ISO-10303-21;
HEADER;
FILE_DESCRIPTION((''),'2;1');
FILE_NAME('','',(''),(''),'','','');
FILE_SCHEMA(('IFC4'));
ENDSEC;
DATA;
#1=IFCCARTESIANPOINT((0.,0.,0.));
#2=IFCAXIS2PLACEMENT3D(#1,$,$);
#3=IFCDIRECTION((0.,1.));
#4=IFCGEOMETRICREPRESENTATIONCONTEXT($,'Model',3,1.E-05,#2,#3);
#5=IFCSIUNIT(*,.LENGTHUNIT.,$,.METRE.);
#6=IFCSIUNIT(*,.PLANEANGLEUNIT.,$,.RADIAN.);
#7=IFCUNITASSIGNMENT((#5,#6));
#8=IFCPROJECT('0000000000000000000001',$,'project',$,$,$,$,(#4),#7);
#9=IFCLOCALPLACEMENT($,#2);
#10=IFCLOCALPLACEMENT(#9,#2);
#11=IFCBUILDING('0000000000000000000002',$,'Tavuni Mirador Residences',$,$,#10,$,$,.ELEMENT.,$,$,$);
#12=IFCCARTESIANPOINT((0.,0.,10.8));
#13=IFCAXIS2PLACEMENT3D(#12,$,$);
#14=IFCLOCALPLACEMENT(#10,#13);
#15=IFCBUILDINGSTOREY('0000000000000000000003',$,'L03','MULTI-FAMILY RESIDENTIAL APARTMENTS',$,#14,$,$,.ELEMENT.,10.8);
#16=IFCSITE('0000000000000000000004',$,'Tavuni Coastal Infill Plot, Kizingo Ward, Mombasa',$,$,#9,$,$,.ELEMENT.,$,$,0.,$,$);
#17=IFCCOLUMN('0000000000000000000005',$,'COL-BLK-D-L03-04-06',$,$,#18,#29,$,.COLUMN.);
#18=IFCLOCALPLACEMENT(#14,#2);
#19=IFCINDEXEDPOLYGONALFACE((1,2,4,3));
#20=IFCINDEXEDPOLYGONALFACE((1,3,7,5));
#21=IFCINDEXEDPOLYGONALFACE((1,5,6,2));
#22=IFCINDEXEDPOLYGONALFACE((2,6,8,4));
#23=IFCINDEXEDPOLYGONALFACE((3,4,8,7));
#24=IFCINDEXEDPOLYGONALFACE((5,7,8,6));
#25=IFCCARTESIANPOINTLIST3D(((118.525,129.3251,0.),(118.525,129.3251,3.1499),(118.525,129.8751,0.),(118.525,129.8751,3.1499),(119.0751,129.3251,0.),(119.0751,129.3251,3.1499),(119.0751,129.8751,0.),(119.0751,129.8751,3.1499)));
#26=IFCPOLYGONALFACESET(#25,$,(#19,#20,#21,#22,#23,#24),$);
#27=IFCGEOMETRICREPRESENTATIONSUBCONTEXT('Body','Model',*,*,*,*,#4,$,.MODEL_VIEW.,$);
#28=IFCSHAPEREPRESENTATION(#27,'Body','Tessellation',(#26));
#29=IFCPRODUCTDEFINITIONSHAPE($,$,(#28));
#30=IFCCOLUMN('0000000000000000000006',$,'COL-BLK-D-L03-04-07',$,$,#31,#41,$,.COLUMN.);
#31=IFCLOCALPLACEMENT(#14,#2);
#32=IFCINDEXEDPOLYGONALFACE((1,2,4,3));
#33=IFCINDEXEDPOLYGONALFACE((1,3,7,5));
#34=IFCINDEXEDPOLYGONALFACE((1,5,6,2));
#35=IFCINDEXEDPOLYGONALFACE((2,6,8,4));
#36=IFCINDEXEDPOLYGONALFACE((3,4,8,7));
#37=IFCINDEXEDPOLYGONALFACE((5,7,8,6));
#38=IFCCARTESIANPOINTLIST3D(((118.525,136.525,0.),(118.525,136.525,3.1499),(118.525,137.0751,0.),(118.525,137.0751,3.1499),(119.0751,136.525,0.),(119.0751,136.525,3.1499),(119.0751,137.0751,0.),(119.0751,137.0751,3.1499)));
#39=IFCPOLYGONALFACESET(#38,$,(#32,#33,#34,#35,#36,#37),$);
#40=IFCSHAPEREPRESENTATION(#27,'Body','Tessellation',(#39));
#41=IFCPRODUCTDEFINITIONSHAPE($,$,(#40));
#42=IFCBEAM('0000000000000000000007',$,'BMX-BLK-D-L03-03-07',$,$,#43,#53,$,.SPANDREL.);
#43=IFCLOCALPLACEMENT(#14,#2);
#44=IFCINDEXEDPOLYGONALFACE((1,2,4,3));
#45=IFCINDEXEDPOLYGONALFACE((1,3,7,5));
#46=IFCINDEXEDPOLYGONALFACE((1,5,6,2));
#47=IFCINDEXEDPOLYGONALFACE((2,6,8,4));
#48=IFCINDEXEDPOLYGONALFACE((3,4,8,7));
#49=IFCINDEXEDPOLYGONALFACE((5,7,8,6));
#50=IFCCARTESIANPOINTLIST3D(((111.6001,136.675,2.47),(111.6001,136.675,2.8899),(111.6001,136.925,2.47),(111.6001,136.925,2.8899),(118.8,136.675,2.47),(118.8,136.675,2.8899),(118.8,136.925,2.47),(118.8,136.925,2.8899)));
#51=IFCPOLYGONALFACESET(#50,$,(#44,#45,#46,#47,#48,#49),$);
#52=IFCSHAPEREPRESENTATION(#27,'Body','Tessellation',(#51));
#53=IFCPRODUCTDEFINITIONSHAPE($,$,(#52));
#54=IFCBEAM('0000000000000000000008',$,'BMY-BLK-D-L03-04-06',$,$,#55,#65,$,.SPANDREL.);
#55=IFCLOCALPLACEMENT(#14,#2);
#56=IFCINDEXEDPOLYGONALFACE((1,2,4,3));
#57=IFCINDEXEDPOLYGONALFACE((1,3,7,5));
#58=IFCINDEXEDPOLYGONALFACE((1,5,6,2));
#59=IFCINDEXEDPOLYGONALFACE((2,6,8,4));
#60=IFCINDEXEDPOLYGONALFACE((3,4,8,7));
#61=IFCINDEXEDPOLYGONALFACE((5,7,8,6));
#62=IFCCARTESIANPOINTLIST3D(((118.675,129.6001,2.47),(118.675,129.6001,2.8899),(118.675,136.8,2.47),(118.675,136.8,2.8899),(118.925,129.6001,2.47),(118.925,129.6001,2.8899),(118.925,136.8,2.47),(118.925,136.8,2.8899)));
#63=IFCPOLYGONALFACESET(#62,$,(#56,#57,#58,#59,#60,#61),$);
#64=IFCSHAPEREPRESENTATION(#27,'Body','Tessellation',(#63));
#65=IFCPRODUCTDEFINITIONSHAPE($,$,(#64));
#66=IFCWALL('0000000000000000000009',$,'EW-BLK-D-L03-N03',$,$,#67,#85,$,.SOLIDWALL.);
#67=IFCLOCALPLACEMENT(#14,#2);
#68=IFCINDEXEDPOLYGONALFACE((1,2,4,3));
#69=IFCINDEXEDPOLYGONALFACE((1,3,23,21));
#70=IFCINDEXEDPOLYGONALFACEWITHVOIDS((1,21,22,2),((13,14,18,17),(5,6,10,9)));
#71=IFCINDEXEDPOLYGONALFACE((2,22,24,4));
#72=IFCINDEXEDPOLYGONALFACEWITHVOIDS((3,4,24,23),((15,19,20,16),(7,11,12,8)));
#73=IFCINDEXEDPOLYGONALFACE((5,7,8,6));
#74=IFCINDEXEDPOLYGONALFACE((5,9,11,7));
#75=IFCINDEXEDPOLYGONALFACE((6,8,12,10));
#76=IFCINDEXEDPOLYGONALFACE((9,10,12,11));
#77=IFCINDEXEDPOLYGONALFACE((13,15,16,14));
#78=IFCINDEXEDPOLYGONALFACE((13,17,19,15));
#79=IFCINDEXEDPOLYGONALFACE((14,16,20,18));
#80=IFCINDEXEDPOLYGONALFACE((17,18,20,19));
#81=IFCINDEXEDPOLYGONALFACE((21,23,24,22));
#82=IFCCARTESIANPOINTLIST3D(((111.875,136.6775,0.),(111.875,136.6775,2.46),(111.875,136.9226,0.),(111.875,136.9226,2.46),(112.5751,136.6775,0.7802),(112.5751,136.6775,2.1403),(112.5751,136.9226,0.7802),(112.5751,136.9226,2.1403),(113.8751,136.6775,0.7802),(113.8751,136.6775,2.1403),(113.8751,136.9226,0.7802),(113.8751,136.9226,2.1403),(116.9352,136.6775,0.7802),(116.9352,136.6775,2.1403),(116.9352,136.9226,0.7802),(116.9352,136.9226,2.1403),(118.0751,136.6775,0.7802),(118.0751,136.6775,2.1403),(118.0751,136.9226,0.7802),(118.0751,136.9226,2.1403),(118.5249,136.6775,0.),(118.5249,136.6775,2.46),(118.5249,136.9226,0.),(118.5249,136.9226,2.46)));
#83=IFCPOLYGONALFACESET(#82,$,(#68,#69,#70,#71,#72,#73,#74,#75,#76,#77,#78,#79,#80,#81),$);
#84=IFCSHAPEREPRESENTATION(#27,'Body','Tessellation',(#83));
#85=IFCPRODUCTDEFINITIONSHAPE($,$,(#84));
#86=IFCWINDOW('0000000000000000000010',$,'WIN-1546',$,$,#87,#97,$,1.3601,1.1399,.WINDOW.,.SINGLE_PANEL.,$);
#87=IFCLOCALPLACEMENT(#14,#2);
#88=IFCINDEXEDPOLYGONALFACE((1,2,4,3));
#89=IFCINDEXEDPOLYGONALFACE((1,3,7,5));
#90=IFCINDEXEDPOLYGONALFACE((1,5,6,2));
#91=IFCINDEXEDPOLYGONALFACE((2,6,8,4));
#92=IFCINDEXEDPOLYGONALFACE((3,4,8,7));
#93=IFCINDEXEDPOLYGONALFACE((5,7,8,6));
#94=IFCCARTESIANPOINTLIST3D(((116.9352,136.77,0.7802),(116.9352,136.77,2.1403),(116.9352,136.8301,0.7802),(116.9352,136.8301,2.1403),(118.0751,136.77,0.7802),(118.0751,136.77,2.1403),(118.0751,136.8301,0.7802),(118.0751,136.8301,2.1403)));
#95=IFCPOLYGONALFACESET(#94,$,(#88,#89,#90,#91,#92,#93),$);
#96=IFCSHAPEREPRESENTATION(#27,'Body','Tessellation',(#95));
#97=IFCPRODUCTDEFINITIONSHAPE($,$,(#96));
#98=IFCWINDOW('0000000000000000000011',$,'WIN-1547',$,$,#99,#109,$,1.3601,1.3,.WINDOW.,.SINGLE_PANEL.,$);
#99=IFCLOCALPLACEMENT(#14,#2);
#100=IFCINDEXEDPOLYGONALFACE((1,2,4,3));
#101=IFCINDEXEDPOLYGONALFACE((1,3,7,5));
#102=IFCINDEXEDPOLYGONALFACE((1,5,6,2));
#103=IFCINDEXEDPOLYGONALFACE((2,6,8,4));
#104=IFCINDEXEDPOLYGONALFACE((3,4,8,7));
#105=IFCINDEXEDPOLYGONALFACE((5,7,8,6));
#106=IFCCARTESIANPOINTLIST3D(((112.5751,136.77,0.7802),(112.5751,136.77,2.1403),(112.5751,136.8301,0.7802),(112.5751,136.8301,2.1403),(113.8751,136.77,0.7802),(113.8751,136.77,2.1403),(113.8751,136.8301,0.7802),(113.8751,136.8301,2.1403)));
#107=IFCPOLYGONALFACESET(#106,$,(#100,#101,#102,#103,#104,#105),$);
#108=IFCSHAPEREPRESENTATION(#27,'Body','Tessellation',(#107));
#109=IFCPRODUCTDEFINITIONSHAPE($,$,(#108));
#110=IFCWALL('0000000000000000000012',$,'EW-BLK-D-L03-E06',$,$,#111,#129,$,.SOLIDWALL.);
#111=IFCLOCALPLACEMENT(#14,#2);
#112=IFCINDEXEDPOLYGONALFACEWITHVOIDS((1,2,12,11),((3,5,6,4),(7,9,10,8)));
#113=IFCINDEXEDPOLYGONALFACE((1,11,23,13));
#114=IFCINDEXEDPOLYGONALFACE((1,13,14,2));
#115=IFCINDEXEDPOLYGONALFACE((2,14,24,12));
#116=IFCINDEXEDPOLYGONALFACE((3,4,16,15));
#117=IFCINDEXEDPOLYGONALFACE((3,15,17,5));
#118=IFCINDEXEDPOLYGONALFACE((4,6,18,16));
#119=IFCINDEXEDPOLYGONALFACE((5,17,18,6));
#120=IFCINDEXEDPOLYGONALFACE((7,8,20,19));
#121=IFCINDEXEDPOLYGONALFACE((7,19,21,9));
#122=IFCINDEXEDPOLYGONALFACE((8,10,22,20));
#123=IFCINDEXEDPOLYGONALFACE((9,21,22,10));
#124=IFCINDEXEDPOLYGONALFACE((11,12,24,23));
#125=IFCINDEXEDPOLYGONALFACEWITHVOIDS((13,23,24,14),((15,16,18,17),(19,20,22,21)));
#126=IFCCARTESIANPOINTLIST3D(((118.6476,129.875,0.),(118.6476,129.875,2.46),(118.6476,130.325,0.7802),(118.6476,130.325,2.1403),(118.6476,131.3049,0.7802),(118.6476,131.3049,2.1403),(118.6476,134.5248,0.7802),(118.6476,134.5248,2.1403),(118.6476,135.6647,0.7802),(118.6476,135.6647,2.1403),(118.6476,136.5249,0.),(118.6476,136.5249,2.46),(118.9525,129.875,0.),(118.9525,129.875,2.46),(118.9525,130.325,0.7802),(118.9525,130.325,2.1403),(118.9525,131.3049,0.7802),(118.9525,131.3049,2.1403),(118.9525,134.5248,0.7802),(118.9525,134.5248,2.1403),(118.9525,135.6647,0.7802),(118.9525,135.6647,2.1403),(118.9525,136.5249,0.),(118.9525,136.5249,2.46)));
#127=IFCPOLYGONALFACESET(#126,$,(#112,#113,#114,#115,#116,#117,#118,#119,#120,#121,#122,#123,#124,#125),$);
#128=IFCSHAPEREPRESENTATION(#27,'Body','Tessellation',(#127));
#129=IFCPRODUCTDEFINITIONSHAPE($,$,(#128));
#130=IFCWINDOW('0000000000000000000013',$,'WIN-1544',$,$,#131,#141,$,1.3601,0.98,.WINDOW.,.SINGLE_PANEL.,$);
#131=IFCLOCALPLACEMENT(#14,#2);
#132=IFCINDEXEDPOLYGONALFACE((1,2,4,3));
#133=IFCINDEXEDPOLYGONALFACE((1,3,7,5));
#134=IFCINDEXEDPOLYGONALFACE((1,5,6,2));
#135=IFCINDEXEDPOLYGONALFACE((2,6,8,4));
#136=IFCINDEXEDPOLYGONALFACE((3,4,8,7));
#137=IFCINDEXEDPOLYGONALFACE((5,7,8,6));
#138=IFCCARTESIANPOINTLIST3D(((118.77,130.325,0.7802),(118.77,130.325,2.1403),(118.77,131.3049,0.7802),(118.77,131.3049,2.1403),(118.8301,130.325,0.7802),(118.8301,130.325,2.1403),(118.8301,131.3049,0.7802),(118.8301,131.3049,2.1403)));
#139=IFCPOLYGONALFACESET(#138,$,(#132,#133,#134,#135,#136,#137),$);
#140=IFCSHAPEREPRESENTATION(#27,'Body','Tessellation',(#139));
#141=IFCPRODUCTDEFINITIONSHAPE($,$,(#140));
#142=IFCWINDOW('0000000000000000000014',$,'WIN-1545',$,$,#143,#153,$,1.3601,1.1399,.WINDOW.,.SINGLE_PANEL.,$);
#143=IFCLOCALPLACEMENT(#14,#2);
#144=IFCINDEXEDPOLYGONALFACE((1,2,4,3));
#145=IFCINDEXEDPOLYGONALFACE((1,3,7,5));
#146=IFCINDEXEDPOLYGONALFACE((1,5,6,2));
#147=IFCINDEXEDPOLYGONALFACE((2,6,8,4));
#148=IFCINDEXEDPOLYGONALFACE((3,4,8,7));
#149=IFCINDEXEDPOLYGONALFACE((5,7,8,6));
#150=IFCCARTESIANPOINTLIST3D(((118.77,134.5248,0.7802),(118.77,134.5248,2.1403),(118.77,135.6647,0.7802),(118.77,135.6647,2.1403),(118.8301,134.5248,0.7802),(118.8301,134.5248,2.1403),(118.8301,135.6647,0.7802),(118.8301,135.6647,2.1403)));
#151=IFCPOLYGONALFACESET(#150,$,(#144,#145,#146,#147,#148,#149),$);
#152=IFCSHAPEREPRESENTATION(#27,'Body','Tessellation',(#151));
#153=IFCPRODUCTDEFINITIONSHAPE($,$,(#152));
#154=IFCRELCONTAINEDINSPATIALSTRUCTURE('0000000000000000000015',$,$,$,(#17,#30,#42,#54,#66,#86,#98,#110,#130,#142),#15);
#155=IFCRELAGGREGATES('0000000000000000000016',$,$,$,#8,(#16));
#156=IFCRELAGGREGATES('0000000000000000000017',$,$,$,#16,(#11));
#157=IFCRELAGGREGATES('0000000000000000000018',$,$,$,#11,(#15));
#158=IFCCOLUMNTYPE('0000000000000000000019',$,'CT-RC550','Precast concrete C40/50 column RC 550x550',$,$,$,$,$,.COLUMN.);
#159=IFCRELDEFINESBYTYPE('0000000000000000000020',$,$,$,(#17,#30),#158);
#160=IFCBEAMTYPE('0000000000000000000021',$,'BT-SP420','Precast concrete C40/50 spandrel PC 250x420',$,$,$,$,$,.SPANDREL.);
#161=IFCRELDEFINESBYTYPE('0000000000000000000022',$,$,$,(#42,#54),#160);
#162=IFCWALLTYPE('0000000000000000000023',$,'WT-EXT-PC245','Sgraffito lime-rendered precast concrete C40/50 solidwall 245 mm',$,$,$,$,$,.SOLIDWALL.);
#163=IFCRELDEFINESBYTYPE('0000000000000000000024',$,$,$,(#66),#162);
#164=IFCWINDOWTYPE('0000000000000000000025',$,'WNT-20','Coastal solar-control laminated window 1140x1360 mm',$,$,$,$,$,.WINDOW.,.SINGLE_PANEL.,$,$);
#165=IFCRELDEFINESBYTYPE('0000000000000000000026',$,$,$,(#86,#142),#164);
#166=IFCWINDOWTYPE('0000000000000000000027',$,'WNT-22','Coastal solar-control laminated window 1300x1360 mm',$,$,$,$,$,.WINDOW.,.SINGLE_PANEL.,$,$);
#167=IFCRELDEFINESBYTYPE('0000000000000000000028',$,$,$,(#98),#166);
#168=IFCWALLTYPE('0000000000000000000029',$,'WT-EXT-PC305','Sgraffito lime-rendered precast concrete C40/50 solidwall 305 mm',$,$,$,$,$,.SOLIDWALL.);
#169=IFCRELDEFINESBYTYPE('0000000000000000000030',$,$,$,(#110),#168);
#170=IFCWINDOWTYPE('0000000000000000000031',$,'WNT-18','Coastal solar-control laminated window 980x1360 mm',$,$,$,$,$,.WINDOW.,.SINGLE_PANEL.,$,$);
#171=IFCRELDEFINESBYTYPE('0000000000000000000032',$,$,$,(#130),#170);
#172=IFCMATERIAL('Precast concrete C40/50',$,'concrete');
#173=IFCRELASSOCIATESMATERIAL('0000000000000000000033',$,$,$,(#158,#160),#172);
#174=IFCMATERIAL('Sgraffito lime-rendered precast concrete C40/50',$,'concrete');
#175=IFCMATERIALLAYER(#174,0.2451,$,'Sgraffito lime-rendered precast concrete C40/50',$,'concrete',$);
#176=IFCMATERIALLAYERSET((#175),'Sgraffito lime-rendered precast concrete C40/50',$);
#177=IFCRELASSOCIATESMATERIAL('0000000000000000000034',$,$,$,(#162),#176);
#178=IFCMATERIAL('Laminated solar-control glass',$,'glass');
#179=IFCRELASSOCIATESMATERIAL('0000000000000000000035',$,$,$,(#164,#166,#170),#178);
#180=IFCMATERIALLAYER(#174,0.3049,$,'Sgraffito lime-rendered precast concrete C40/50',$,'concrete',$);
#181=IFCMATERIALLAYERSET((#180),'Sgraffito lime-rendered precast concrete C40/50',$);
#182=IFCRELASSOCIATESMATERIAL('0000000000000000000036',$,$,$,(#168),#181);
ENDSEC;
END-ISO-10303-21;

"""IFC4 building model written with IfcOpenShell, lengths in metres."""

from ifc_helpers import new_model, si_unit, direction, frame, frame_2d, origin, origin_2d, place, context, subcontext, project, spatial, rectangle, extrude, material, layer, layer_set, material_profile, profile_set, type_object, element, fill, save


model = new_model("IFC4")

# Units and contexts
model_context = context("Model", 3, precision=1e-05, world=origin(), true_north=direction((0.0, 1.0)))
body_context = subcontext(model_context, "Body", "Model", "MODEL_VIEW")
ifc_project = project(units=[si_unit("LENGTHUNIT", "METRE"), si_unit("PLANEANGLEUNIT", "RADIAN")], contexts=[model_context])

# Site, building, storey
site_placement = place(None, origin())
site = spatial("IfcSite", under=ifc_project, at=site_placement, Name="Tavuni Coastal Infill Plot, Kizingo Ward, Mombasa", CompositionType="ELEMENT", RefElevation=0.0)
building_placement = place(site_placement, origin())
building = spatial("IfcBuilding", under=site, at=building_placement, Name="Tavuni Mirador Residences", CompositionType="ELEMENT")
storey_placement = place(building_placement, frame((0.0, 0.0, 10.8)))
storey = spatial("IfcBuildingStorey", under=building, at=storey_placement, Name="L03", Description="MULTI-FAMILY RESIDENTIAL APARTMENTS", CompositionType="ELEMENT", Elevation=10.8)

# Columns
ifc_material_1 = material(Name="Precast concrete C40/50", Category="concrete")
ifc_material_profile_1 = material_profile(ifc_material_1, rectangle(XDim=0.55, YDim=0.55, at=origin_2d()), Name="RC 550x550", Category="concrete")
ifc_profile_set_1 = profile_set([ifc_material_profile_1], Name="Precast concrete C40/50")
column_type = type_object("IfcColumnType", Name="CT-RC550", Description="Precast concrete C40/50 column RC 550x550", PredefinedType="COLUMN", material=ifc_profile_set_1)
for number, where, z_axis, x_axis, name in (
    (1, (118.8, 129.6001, 0.0), (0.0, 0.0, 1.0), (1.0, 0.0, 0.0), "COL-BLK-D-L03-04-06"),
    (2, (118.8, 136.8, 0.0), (0.0, 0.0, 1.0), (1.0, 0.0, 0.0), "COL-BLK-D-L03-04-07"),
):
    element("IfcColumn", number, at=place(storey_placement, frame(where, z_axis=z_axis, x_axis=x_axis)), inside=storey, type_object=column_type, Name=name, PredefinedType="COLUMN", context=body_context, shape_type="SweptSolid", body=[
        extrude(rectangle(XDim=0.55, YDim=0.55, at=origin_2d()), origin(), (0.0, 0.0, 1.0), 3.1499),
    ])

# Beams
ifc_material_profile_2 = material_profile(ifc_material_1, rectangle(XDim=0.25, YDim=0.4199, at=origin_2d()), Name="PC 250x420", Category="concrete")
ifc_profile_set_2 = profile_set([ifc_material_profile_2], Name="Precast concrete C40/50")
beam_type = type_object("IfcBeamType", Name="BT-SP420", Description="Precast concrete C40/50 spandrel PC 250x420", PredefinedType="SPANDREL", material=ifc_profile_set_2)
for number, where, z_axis, x_axis, name in (
    (3, (111.6001, 136.8, 2.6799), (1.0, 0.0, 0.0), (0.0, 1.0, 0.0), "BMX-BLK-D-L03-03-07"),
    (4, (118.8, 129.6001, 2.6799), (0.0, 1.0, 0.0), (-1.0, 0.0, 0.0), "BMY-BLK-D-L03-04-06"),
):
    element("IfcBeam", number, at=place(storey_placement, frame(where, z_axis=z_axis, x_axis=x_axis)), inside=storey, type_object=beam_type, Name=name, PredefinedType="SPANDREL", context=body_context, shape_type="SweptSolid", body=[
        extrude(rectangle(XDim=0.25, YDim=0.4199, at=origin_2d()), origin(), (0.0, 0.0, 1.0), 7.2),
    ])

# Walls, openings, windows
ifc_material_2 = material(Name="Sgraffito lime-rendered precast concrete C40/50", Category="concrete")
ifc_layer_1 = layer(ifc_material_2, 0.2451, Name="Sgraffito lime-rendered precast concrete C40/50", Category="concrete")
ifc_layer_set_1 = layer_set([ifc_layer_1], Name="Sgraffito lime-rendered precast concrete C40/50")
wall_type_1 = type_object("IfcWallType", Name="WT-EXT-PC245", Description="Sgraffito lime-rendered precast concrete C40/50 solidwall 245 mm", PredefinedType="SOLIDWALL", material=ifc_layer_set_1)
wall_1_placement = place(storey_placement, frame((118.5249, 136.8, 0.0), z_axis=(0.0, 0.0, 1.0), x_axis=(-1.0, 0.0, 0.0)))
wall_1 = element("IfcWall", 5, at=wall_1_placement, inside=storey, type_object=wall_type_1, Name="EW-BLK-D-L03-N03", PredefinedType="SOLIDWALL", context=body_context, shape_type="SweptSolid", body=[
    extrude(rectangle(XDim=6.6499, YDim=0.2451, at=frame_2d((3.325, 0.0))), origin(), (0.0, 0.0, 1.0), 2.46),
])
opening_1_placement = place(wall_1_placement, frame((0.45, 0.0, 0.78)))
opening_1 = element("IfcOpeningElement", 6, at=opening_1_placement, cuts=wall_1, PredefinedType="OPENING", context=body_context, shape_type="SweptSolid", body=[
    extrude(rectangle(XDim=1.1399, YDim=1.3601, at=frame_2d((0.5698, 0.6802))), frame((0.0, 0.1326, 0.0), z_axis=(0.0, -1.0, 0.0), x_axis=(1.0, 0.0, 0.0)), (0.0, 0.0, 1.0), 0.2651),
])
opening_2_placement = place(wall_1_placement, frame((4.6499, 0.0, 0.78)))
opening_2 = element("IfcOpeningElement", 7, at=opening_2_placement, cuts=wall_1, PredefinedType="OPENING", context=body_context, shape_type="SweptSolid", body=[
    extrude(rectangle(XDim=1.3, YDim=1.3601, at=frame_2d((0.6499, 0.6802))), frame((0.0, 0.1326, 0.0), z_axis=(0.0, -1.0, 0.0), x_axis=(1.0, 0.0, 0.0)), (0.0, 0.0, 1.0), 0.2651),
])
ifc_material_3 = material(Name="Laminated solar-control glass", Category="glass")
window_type_1 = type_object("IfcWindowType", Name="WNT-20", Description="Coastal solar-control laminated window 1140x1360 mm", PartitioningType="SINGLE_PANEL", PredefinedType="WINDOW", material=ifc_material_3)
window_1_placement = place(opening_1_placement, origin())
window_1 = element("IfcWindow", 8, at=window_1_placement, inside=storey, type_object=window_type_1, Name="WIN-1546", OverallHeight=1.3601, OverallWidth=1.1399, PartitioningType="SINGLE_PANEL", PredefinedType="WINDOW", context=body_context, shape_type="SweptSolid", body=[
    extrude(rectangle(XDim=1.1399, YDim=1.3601, at=frame_2d((0.5698, 0.6802))), frame((0.0, 0.03, 0.0), z_axis=(0.0, -1.0, 0.0), x_axis=(1.0, 0.0, 0.0)), (0.0, 0.0, 1.0), 0.0601),
])
fill(opening_1, window_1)
window_type_2 = type_object("IfcWindowType", Name="WNT-22", Description="Coastal solar-control laminated window 1300x1360 mm", PartitioningType="SINGLE_PANEL", PredefinedType="WINDOW", material=ifc_material_3)
window_2_placement = place(opening_2_placement, origin())
window_2 = element("IfcWindow", 9, at=window_2_placement, inside=storey, type_object=window_type_2, Name="WIN-1547", OverallHeight=1.3601, OverallWidth=1.3, PartitioningType="SINGLE_PANEL", PredefinedType="WINDOW", context=body_context, shape_type="SweptSolid", body=[
    extrude(rectangle(XDim=1.3, YDim=1.3601, at=frame_2d((0.6499, 0.6802))), frame((0.0, 0.03, 0.0), z_axis=(0.0, -1.0, 0.0), x_axis=(1.0, 0.0, 0.0)), (0.0, 0.0, 1.0), 0.0601),
])
fill(opening_2, window_2)
ifc_layer_2 = layer(ifc_material_2, 0.3049, Name="Sgraffito lime-rendered precast concrete C40/50", Category="concrete")
ifc_layer_set_2 = layer_set([ifc_layer_2], Name="Sgraffito lime-rendered precast concrete C40/50")
wall_type_2 = type_object("IfcWallType", Name="WT-EXT-PC305", Description="Sgraffito lime-rendered precast concrete C40/50 solidwall 305 mm", PredefinedType="SOLIDWALL", material=ifc_layer_set_2)
wall_2_placement = place(storey_placement, frame((118.8, 129.875, 0.0), z_axis=(0.0, 0.0, 1.0), x_axis=(0.0, 1.0, 0.0)))
wall_2 = element("IfcWall", 10, at=wall_2_placement, inside=storey, type_object=wall_type_2, Name="EW-BLK-D-L03-E06", PredefinedType="SOLIDWALL", context=body_context, shape_type="SweptSolid", body=[
    extrude(rectangle(XDim=6.6499, YDim=0.3049, at=frame_2d((3.325, 0.0))), origin(), (0.0, 0.0, 1.0), 2.46),
])
opening_3_placement = place(wall_2_placement, frame((0.45, 0.0, 0.78)))
opening_3 = element("IfcOpeningElement", 11, at=opening_3_placement, cuts=wall_2, PredefinedType="OPENING", context=body_context, shape_type="SweptSolid", body=[
    extrude(rectangle(XDim=0.98, YDim=1.3601, at=frame_2d((0.49, 0.6802))), frame((0.0, 0.1626, 0.0), z_axis=(0.0, -1.0, 0.0), x_axis=(1.0, 0.0, 0.0)), (0.0, 0.0, 1.0), 0.325),
])
opening_4_placement = place(wall_2_placement, frame((4.6499, 0.0, 0.78)))
opening_4 = element("IfcOpeningElement", 12, at=opening_4_placement, cuts=wall_2, PredefinedType="OPENING", context=body_context, shape_type="SweptSolid", body=[
    extrude(rectangle(XDim=1.1399, YDim=1.3601, at=frame_2d((0.5698, 0.6802))), frame((0.0, 0.1626, 0.0), z_axis=(0.0, -1.0, 0.0), x_axis=(1.0, 0.0, 0.0)), (0.0, 0.0, 1.0), 0.325),
])
window_type_3 = type_object("IfcWindowType", Name="WNT-18", Description="Coastal solar-control laminated window 980x1360 mm", PartitioningType="SINGLE_PANEL", PredefinedType="WINDOW", material=ifc_material_3)
window_3_placement = place(opening_3_placement, origin())
window_3 = element("IfcWindow", 13, at=window_3_placement, inside=storey, type_object=window_type_3, Name="WIN-1544", OverallHeight=1.3601, OverallWidth=0.98, PartitioningType="SINGLE_PANEL", PredefinedType="WINDOW", context=body_context, shape_type="SweptSolid", body=[
    extrude(rectangle(XDim=0.98, YDim=1.3601, at=frame_2d((0.49, 0.6802))), frame((0.0, 0.03, 0.0), z_axis=(0.0, -1.0, 0.0), x_axis=(1.0, 0.0, 0.0)), (0.0, 0.0, 1.0), 0.0601),
])
fill(opening_3, window_3)
window_4_placement = place(opening_4_placement, origin())
window_4 = element("IfcWindow", 14, at=window_4_placement, inside=storey, type_object=window_type_1, Name="WIN-1545", OverallHeight=1.3601, OverallWidth=1.1399, PartitioningType="SINGLE_PANEL", PredefinedType="WINDOW", context=body_context, shape_type="SweptSolid", body=[
    extrude(rectangle(XDim=1.1399, YDim=1.3601, at=frame_2d((0.5698, 0.6802))), frame((0.0, 0.03, 0.0), z_axis=(0.0, -1.0, 0.0), x_axis=(1.0, 0.0, 0.0)), (0.0, 0.0, 1.0), 0.0601),
])
fill(opening_4, window_4)

save(model, "model.ifc")
